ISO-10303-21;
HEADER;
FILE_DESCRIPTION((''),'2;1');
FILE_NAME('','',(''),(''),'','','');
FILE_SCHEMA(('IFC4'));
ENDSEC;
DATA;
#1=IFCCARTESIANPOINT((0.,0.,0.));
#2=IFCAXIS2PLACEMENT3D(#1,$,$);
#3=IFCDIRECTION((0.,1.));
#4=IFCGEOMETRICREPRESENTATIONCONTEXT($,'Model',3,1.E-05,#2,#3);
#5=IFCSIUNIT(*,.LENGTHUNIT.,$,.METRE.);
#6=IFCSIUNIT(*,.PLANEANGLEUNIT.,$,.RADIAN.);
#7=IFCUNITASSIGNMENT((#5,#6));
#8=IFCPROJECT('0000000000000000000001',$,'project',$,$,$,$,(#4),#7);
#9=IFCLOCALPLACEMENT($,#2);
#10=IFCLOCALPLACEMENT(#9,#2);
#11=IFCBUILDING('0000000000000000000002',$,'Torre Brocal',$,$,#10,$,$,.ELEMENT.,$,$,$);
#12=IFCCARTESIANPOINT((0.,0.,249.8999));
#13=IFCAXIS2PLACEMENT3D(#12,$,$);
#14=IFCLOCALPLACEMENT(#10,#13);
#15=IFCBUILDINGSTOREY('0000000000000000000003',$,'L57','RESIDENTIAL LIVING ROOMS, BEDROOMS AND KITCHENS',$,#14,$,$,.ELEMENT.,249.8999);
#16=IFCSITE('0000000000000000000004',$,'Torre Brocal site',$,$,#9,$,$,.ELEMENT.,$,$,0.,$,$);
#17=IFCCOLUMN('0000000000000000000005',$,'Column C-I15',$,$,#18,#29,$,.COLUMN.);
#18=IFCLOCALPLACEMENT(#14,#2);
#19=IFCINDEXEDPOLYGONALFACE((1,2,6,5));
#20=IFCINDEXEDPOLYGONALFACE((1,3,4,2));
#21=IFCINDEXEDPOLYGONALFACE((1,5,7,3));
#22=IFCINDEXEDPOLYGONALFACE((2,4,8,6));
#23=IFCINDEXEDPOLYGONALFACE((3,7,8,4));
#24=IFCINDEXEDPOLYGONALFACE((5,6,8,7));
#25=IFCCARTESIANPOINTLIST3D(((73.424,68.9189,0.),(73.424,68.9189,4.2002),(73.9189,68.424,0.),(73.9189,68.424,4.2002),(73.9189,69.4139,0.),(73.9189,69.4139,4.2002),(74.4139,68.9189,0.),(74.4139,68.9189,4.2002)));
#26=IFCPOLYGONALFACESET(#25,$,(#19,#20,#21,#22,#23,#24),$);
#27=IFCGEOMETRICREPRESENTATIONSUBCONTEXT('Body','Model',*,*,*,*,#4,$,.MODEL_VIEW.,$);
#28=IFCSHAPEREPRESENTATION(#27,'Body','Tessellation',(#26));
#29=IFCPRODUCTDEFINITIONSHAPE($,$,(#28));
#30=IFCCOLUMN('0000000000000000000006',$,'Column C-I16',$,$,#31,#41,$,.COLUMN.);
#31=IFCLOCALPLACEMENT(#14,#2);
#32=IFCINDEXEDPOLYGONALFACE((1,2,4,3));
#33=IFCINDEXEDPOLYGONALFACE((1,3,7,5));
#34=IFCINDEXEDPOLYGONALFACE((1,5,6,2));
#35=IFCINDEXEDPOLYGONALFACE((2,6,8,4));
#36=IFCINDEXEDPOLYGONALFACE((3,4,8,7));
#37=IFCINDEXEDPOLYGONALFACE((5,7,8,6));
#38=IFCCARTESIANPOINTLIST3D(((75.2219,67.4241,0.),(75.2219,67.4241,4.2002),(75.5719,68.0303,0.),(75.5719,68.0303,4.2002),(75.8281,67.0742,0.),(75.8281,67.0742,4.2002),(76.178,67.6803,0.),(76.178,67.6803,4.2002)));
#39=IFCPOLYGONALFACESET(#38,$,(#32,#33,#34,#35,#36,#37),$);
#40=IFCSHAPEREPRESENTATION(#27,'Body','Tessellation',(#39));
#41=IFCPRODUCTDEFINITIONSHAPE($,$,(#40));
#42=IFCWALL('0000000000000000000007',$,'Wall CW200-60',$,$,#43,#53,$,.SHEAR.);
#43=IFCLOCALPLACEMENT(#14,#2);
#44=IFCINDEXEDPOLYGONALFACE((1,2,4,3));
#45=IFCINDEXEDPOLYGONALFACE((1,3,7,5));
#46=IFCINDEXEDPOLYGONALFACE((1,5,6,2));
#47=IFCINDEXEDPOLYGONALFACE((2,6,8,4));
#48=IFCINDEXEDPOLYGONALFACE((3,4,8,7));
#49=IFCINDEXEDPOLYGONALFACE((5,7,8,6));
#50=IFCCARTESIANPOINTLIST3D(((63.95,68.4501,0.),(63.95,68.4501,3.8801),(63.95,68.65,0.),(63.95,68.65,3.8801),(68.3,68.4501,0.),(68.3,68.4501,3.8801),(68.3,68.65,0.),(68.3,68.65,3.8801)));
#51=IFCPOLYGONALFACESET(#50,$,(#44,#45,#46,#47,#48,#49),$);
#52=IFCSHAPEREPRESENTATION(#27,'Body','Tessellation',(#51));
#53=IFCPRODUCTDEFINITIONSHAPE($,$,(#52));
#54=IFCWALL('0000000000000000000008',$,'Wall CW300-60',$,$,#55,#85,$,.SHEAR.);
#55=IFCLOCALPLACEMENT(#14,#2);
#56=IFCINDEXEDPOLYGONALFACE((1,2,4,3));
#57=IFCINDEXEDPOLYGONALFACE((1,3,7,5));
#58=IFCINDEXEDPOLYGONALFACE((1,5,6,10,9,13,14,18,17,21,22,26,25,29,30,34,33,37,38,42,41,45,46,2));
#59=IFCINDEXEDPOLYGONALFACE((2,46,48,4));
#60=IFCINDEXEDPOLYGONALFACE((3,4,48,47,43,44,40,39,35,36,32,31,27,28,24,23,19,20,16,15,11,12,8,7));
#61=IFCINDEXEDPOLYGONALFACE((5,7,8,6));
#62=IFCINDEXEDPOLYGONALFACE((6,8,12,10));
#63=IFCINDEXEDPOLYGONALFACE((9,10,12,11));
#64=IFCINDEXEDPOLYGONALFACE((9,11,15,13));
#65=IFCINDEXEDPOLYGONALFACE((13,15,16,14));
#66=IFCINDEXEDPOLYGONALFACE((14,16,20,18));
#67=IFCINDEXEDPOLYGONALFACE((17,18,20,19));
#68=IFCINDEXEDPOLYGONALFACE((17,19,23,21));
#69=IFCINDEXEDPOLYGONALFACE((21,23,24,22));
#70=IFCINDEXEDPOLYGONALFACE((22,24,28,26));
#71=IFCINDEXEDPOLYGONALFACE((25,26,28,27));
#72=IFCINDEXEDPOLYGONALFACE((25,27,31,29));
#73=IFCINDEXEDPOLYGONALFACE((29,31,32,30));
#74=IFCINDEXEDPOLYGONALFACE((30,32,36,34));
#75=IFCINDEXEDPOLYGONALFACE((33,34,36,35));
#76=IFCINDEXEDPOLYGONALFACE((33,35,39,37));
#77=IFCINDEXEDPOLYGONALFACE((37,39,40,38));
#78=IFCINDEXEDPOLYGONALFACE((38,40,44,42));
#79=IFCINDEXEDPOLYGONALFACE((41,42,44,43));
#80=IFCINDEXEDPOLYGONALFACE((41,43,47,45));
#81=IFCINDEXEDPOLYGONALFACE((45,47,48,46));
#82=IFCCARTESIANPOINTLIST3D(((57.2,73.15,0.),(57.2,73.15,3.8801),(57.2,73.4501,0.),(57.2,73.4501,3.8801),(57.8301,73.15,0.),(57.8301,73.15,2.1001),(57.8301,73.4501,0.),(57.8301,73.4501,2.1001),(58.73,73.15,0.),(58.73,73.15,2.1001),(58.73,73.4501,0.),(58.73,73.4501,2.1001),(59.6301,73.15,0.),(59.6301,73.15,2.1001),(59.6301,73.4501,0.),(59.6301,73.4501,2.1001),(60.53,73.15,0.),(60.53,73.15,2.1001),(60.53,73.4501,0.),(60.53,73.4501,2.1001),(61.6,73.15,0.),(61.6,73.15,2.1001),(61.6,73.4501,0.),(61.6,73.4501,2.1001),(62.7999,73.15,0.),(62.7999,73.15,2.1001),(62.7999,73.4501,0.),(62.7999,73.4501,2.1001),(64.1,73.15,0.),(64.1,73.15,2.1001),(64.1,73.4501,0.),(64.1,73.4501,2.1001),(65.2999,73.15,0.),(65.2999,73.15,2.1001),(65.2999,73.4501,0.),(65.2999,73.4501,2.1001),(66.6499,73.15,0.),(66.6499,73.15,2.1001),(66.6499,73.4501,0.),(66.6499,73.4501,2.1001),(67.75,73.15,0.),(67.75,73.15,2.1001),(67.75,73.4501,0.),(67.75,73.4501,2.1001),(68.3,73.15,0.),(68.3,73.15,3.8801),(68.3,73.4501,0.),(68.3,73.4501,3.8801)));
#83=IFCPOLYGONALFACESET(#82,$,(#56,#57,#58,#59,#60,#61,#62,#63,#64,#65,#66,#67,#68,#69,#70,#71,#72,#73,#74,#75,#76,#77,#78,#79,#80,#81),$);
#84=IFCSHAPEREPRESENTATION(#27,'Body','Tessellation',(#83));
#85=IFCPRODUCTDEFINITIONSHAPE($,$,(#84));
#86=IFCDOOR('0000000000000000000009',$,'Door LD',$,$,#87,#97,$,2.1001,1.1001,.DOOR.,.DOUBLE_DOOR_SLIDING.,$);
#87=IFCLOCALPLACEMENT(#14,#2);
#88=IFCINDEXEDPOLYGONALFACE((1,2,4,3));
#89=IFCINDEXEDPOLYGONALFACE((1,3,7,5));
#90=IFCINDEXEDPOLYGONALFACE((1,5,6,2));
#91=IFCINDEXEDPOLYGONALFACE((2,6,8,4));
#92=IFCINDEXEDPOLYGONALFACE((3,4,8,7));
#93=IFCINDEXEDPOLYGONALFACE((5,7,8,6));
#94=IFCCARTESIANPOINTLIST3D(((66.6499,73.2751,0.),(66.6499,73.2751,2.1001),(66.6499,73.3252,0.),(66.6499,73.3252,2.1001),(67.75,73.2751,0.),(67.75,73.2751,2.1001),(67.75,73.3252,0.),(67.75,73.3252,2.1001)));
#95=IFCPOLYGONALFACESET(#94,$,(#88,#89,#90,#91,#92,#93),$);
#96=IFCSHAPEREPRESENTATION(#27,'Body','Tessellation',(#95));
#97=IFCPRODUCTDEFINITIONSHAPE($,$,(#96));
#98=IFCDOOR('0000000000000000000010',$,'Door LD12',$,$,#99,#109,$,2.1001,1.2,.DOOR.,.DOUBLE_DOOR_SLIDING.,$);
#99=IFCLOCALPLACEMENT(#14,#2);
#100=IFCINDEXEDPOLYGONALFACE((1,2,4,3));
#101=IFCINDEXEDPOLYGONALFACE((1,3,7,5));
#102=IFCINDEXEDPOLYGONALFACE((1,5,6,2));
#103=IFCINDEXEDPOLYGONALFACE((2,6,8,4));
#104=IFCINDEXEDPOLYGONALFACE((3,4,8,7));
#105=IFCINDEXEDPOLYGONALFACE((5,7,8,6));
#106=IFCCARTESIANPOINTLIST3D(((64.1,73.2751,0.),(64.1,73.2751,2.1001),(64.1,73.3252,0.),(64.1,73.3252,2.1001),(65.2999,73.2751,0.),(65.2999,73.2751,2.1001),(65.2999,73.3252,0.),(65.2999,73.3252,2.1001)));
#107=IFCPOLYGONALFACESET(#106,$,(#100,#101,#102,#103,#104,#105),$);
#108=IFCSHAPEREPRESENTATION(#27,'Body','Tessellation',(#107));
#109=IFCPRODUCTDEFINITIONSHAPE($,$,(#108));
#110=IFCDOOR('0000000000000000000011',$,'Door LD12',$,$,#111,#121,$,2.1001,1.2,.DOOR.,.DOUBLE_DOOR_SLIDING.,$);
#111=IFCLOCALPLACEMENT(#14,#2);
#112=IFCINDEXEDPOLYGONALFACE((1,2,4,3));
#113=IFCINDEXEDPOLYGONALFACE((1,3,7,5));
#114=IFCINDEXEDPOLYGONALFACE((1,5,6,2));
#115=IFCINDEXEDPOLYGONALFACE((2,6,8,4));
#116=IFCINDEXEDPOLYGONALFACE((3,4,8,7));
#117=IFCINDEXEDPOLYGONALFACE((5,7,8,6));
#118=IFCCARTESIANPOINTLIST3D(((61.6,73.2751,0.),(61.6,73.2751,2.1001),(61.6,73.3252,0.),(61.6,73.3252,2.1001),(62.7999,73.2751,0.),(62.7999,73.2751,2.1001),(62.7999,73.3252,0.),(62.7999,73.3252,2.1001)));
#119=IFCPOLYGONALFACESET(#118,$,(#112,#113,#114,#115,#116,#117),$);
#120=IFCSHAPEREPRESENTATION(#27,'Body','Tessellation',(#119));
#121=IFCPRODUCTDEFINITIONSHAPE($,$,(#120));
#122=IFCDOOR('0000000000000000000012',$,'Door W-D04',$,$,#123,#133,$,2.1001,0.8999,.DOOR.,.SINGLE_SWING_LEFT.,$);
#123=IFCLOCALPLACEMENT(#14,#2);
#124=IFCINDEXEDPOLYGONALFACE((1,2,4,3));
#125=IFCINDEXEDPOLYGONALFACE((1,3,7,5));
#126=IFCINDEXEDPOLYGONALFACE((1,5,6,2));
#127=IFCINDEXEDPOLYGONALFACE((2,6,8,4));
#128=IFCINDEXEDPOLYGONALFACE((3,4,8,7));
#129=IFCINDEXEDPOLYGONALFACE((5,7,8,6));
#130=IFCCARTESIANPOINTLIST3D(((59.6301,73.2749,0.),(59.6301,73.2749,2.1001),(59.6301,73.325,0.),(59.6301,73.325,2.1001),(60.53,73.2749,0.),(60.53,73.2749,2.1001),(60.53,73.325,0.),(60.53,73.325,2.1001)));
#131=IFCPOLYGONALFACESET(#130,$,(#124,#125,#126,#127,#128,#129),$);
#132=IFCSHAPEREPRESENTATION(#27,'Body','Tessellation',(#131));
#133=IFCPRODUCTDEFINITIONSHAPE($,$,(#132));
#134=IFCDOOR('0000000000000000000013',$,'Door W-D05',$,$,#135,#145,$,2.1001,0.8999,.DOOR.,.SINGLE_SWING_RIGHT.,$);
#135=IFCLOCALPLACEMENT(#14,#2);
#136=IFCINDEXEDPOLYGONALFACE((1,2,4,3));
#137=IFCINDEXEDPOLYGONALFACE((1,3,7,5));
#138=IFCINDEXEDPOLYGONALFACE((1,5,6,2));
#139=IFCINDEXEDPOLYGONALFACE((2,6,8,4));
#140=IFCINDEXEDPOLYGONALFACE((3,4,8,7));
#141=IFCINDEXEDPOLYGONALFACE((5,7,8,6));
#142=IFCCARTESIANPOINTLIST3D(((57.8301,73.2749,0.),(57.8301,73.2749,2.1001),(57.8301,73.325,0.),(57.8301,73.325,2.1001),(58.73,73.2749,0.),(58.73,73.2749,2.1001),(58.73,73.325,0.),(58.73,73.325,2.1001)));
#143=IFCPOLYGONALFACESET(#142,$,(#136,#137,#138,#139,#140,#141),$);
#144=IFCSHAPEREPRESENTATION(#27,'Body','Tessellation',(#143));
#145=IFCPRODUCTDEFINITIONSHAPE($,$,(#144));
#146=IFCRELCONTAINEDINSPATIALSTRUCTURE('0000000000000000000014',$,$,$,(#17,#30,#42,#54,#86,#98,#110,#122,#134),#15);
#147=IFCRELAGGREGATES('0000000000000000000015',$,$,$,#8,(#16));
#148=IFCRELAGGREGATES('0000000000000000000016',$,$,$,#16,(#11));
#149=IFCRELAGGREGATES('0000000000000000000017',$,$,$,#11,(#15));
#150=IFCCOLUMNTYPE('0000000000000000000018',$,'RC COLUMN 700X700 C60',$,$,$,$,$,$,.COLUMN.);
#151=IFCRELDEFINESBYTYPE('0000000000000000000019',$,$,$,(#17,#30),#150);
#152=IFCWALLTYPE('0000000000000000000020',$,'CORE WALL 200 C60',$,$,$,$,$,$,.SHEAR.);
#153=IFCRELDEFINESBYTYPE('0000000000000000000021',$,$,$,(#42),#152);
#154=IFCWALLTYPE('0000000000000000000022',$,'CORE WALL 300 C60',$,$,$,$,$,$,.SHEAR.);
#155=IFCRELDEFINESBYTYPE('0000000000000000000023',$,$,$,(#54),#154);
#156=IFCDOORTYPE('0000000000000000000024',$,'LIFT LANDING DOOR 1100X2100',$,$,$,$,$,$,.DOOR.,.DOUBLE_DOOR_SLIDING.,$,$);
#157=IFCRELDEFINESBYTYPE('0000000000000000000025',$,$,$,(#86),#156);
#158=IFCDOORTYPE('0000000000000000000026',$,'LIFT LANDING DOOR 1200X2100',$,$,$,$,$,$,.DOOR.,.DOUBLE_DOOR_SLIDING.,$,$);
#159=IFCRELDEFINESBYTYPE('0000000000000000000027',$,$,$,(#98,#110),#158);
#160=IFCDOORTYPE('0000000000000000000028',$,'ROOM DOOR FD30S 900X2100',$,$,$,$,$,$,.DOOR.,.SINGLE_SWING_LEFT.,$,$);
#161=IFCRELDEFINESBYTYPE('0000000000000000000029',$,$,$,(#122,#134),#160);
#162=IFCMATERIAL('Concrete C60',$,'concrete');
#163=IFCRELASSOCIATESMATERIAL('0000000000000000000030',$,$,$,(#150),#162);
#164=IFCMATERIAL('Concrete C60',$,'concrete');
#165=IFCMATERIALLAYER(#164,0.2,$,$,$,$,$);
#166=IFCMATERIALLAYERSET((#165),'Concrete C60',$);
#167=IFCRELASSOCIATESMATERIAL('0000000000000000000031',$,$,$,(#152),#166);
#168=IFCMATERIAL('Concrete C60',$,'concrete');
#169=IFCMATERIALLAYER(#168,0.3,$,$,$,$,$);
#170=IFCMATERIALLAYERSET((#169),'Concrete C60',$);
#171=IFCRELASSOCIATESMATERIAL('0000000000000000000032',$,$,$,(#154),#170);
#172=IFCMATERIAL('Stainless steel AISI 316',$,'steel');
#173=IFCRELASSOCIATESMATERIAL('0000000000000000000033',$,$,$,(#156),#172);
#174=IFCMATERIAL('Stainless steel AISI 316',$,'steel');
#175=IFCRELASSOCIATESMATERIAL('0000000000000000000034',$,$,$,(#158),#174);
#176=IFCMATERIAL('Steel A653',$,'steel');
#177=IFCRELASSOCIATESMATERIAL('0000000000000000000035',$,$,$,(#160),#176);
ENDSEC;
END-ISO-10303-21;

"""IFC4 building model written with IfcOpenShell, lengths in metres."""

from ifc_helpers import new_model, si_unit, direction, frame, frame_2d, origin, origin_2d, place, context, subcontext, project, spatial, rectangle, extrude, material, layer, layer_set, material_profile, profile_set, type_object, element, fill, save


model = new_model("IFC4")

# Units and contexts
model_context = context("Model", 3, precision=1e-05, world=origin(), true_north=direction((0.0, 1.0)))
body_context = subcontext(model_context, "Body", "Model", "MODEL_VIEW")
ifc_project = project(units=[si_unit("LENGTHUNIT", "METRE"), si_unit("PLANEANGLEUNIT", "RADIAN")], contexts=[model_context])

# Site, building, storey
site_placement = place(None, origin())
site = spatial("IfcSite", under=ifc_project, at=site_placement, Name="Torre Brocal site", CompositionType="ELEMENT", RefElevation=0.0)
building_placement = place(site_placement, origin())
building = spatial("IfcBuilding", under=site, at=building_placement, Name="Torre Brocal", CompositionType="ELEMENT")
storey_placement = place(building_placement, frame((0.0, 0.0, 249.8999)))
storey = spatial("IfcBuildingStorey", under=building, at=storey_placement, Name="L57", Description="RESIDENTIAL LIVING ROOMS, BEDROOMS AND KITCHENS", CompositionType="ELEMENT", Elevation=249.8999)

# Columns
ifc_material_1 = material(Name="Concrete C60", Category="concrete")
ifc_material_profile = material_profile(ifc_material_1, rectangle(XDim=0.7, YDim=0.7, at=origin_2d()), Name="RC 700X700")
ifc_profile_set = profile_set([ifc_material_profile], Name="Concrete C60")
column_type = type_object("IfcColumnType", Name="RC COLUMN 700X700 C60", PredefinedType="COLUMN", material=ifc_profile_set)
for number, where, z_axis, x_axis, name in (
    (1, (73.9189, 68.9189, 0.0), (0.0, 0.0, 1.0), (-0.707107, -0.707107, 0.0), "Column C-I15"),
    (2, (75.7, 67.5522, 0.0), (0.0, 0.0, 1.0), (-0.5, -0.866025, 0.0), "Column C-I16"),
):
    element("IfcColumn", number, at=place(storey_placement, frame(where, z_axis=z_axis, x_axis=x_axis)), inside=storey, type_object=column_type, Name=name, PredefinedType="COLUMN", context=body_context, shape_type="SweptSolid", body=[
        extrude(rectangle(XDim=0.7, YDim=0.7, at=origin_2d()), origin(), (0.0, 0.0, 1.0), 4.2002),
    ])

# Wall
ifc_material_2 = material(Name="Concrete C60", Category="concrete")
ifc_layer_1 = layer(ifc_material_2, 0.2)
ifc_layer_set_1 = layer_set([ifc_layer_1], Name="Concrete C60")
wall_type_1 = type_object("IfcWallType", Name="CORE WALL 200 C60", PredefinedType="SHEAR", material=ifc_layer_set_1)
wall_1_placement = place(storey_placement, frame((68.3, 68.55, 0.0), z_axis=(0.0, 0.0, 1.0), x_axis=(-1.0, 0.0, 0.0)))
element("IfcWall", 3, at=wall_1_placement, inside=storey, type_object=wall_type_1, Name="Wall CW200-60", PredefinedType="SHEAR", context=body_context, shape_type="SweptSolid", body=[
    extrude(rectangle(XDim=4.3501, YDim=0.2, at=frame_2d((2.175, 0.0))), origin(), (0.0, 0.0, 1.0), 3.8801),
])

# Wall, openings, doors
ifc_material_3 = material(Name="Concrete C60", Category="concrete")
ifc_layer_2 = layer(ifc_material_3, 0.3)
ifc_layer_set_2 = layer_set([ifc_layer_2], Name="Concrete C60")
wall_type_2 = type_object("IfcWallType", Name="CORE WALL 300 C60", PredefinedType="SHEAR", material=ifc_layer_set_2)
wall_2_placement = place(storey_placement, frame((68.3, 73.3, 0.0), z_axis=(0.0, 0.0, 1.0), x_axis=(-1.0, 0.0, 0.0)))
wall_2 = element("IfcWall", 4, at=wall_2_placement, inside=storey, type_object=wall_type_2, Name="Wall CW300-60", PredefinedType="SHEAR", context=body_context, shape_type="SweptSolid", body=[
    extrude(rectangle(XDim=11.1001, YDim=0.3, at=frame_2d((5.55, 0.0))), origin(), (0.0, 0.0, 1.0), 3.8801),
])
opening_1_placement = place(wall_2_placement, frame((0.55, 0.0, 0.0)))
opening_1 = element("IfcOpeningElement", 5, at=opening_1_placement, cuts=wall_2, PredefinedType="OPENING", context=body_context, shape_type="SweptSolid", body=[
    extrude(rectangle(XDim=1.1001, YDim=2.1001, at=frame_2d((0.55, 1.05))), frame((0.0, 0.1599, 0.0), z_axis=(0.0, -1.0, 0.0), x_axis=(1.0, 0.0, 0.0)), (0.0, 0.0, 1.0), 0.3201),
])
opening_2_placement = place(wall_2_placement, frame((3.0, 0.0, 0.0)))
opening_2 = element("IfcOpeningElement", 6, at=opening_2_placement, cuts=wall_2, PredefinedType="OPENING", context=body_context, shape_type="SweptSolid", body=[
    extrude(rectangle(XDim=1.2, YDim=2.1001, at=frame_2d((0.6001, 1.05))), frame((0.0, 0.1599, 0.0), z_axis=(0.0, -1.0, 0.0), x_axis=(1.0, 0.0, 0.0)), (0.0, 0.0, 1.0), 0.3201),
])
opening_3_placement = place(wall_2_placement, frame((5.5, 0.0, 0.0)))
opening_3 = element("IfcOpeningElement", 7, at=opening_3_placement, cuts=wall_2, PredefinedType="OPENING", context=body_context, shape_type="SweptSolid", body=[
    extrude(rectangle(XDim=1.2, YDim=2.1001, at=frame_2d((0.6001, 1.05))), frame((0.0, 0.1599, 0.0), z_axis=(0.0, -1.0, 0.0), x_axis=(1.0, 0.0, 0.0)), (0.0, 0.0, 1.0), 0.3201),
])
opening_4_placement = place(wall_2_placement, frame((7.77, 0.0, 0.0)))
opening_4 = element("IfcOpeningElement", 8, at=opening_4_placement, cuts=wall_2, PredefinedType="OPENING", context=body_context, shape_type="SweptSolid", body=[
    extrude(rectangle(XDim=0.8999, YDim=2.1001, at=frame_2d((0.45, 1.05))), frame((0.0, 0.1599, 0.0), z_axis=(0.0, -1.0, 0.0), x_axis=(1.0, 0.0, 0.0)), (0.0, 0.0, 1.0), 0.3201),
])
opening_5_placement = place(wall_2_placement, frame((9.5701, 0.0, 0.0)))
opening_5 = element("IfcOpeningElement", 9, at=opening_5_placement, cuts=wall_2, PredefinedType="OPENING", context=body_context, shape_type="SweptSolid", body=[
    extrude(rectangle(XDim=0.8999, YDim=2.1001, at=frame_2d((0.45, 1.05))), frame((0.0, 0.1599, 0.0), z_axis=(0.0, -1.0, 0.0), x_axis=(1.0, 0.0, 0.0)), (0.0, 0.0, 1.0), 0.3201),
])
ifc_material_4 = material(Name="Stainless steel AISI 316", Category="steel")
door_type_1 = type_object("IfcDoorType", Name="LIFT LANDING DOOR 1100X2100", OperationType="DOUBLE_DOOR_SLIDING", PredefinedType="DOOR", material=ifc_material_4)
door_1_placement = place(opening_1_placement, origin())
door_1 = element("IfcDoor", 10, at=door_1_placement, inside=storey, type_object=door_type_1, Name="Door LD", OperationType="DOUBLE_DOOR_SLIDING", OverallHeight=2.1001, OverallWidth=1.1001, PredefinedType="DOOR", context=body_context, shape_type="SweptSolid", body=[
    extrude(rectangle(XDim=1.1001, YDim=2.1001, at=frame_2d((0.55, 1.05))), frame((0.0, 0.0249, 0.0), z_axis=(0.0, -1.0, 0.0), x_axis=(1.0, 0.0, 0.0)), (0.0, 0.0, 1.0), 0.05),
])
fill(opening_1, door_1)
ifc_material_5 = material(Name="Stainless steel AISI 316", Category="steel")
door_type_2 = type_object("IfcDoorType", Name="LIFT LANDING DOOR 1200X2100", OperationType="DOUBLE_DOOR_SLIDING", PredefinedType="DOOR", material=ifc_material_5)
door_2_placement = place(opening_2_placement, origin())
door_2 = element("IfcDoor", 11, at=door_2_placement, inside=storey, type_object=door_type_2, Name="Door LD12", OperationType="DOUBLE_DOOR_SLIDING", OverallHeight=2.1001, OverallWidth=1.2, PredefinedType="DOOR", context=body_context, shape_type="SweptSolid", body=[
    extrude(rectangle(XDim=1.2, YDim=2.1001, at=frame_2d((0.6001, 1.05))), frame((0.0, 0.0249, 0.0), z_axis=(0.0, -1.0, 0.0), x_axis=(1.0, 0.0, 0.0)), (0.0, 0.0, 1.0), 0.05),
])
fill(opening_2, door_2)
door_3_placement = place(opening_3_placement, origin())
door_3 = element("IfcDoor", 12, at=door_3_placement, inside=storey, type_object=door_type_2, Name="Door LD12", OperationType="DOUBLE_DOOR_SLIDING", OverallHeight=2.1001, OverallWidth=1.2, PredefinedType="DOOR", context=body_context, shape_type="SweptSolid", body=[
    extrude(rectangle(XDim=1.2, YDim=2.1001, at=frame_2d((0.6001, 1.05))), frame((0.0, 0.0249, 0.0), z_axis=(0.0, -1.0, 0.0), x_axis=(1.0, 0.0, 0.0)), (0.0, 0.0, 1.0), 0.05),
])
fill(opening_3, door_3)
ifc_material_6 = material(Name="Steel A653", Category="steel")
door_type_3 = type_object("IfcDoorType", Name="ROOM DOOR FD30S 900X2100", OperationType="SINGLE_SWING_LEFT", PredefinedType="DOOR", material=ifc_material_6)
door_4_placement = place(opening_4_placement, frame((0.8999, 0.0, 0.0), z_axis=(0.0, 0.0, 1.0), x_axis=(-1.0, 0.0, 0.0)))
door_4 = element("IfcDoor", 13, at=door_4_placement, inside=storey, type_object=door_type_3, Name="Door W-D04", OperationType="SINGLE_SWING_LEFT", OverallHeight=2.1001, OverallWidth=0.8999, PredefinedType="DOOR", context=body_context, shape_type="SweptSolid", body=[
    extrude(rectangle(XDim=0.8999, YDim=2.1001, at=frame_2d((0.45, 1.05))), frame((0.0, 0.0249, 0.0), z_axis=(0.0, -1.0, 0.0), x_axis=(1.0, 0.0, 0.0)), (0.0, 0.0, 1.0), 0.05),
])
fill(opening_4, door_4)
door_5_placement = place(opening_5_placement, frame((0.8999, 0.0, 0.0), z_axis=(0.0, 0.0, 1.0), x_axis=(-1.0, 0.0, 0.0)))
door_5 = element("IfcDoor", 14, at=door_5_placement, inside=storey, type_object=door_type_3, Name="Door W-D05", OperationType="SINGLE_SWING_RIGHT", OverallHeight=2.1001, OverallWidth=0.8999, PredefinedType="DOOR", context=body_context, shape_type="SweptSolid", body=[
    extrude(rectangle(XDim=0.8999, YDim=2.1001, at=frame_2d((0.45, 1.05))), frame((0.0, 0.0249, 0.0), z_axis=(0.0, -1.0, 0.0), x_axis=(1.0, 0.0, 0.0)), (0.0, 0.0, 1.0), 0.05),
])
fill(opening_5, door_5)

save(model, "model.ifc")
